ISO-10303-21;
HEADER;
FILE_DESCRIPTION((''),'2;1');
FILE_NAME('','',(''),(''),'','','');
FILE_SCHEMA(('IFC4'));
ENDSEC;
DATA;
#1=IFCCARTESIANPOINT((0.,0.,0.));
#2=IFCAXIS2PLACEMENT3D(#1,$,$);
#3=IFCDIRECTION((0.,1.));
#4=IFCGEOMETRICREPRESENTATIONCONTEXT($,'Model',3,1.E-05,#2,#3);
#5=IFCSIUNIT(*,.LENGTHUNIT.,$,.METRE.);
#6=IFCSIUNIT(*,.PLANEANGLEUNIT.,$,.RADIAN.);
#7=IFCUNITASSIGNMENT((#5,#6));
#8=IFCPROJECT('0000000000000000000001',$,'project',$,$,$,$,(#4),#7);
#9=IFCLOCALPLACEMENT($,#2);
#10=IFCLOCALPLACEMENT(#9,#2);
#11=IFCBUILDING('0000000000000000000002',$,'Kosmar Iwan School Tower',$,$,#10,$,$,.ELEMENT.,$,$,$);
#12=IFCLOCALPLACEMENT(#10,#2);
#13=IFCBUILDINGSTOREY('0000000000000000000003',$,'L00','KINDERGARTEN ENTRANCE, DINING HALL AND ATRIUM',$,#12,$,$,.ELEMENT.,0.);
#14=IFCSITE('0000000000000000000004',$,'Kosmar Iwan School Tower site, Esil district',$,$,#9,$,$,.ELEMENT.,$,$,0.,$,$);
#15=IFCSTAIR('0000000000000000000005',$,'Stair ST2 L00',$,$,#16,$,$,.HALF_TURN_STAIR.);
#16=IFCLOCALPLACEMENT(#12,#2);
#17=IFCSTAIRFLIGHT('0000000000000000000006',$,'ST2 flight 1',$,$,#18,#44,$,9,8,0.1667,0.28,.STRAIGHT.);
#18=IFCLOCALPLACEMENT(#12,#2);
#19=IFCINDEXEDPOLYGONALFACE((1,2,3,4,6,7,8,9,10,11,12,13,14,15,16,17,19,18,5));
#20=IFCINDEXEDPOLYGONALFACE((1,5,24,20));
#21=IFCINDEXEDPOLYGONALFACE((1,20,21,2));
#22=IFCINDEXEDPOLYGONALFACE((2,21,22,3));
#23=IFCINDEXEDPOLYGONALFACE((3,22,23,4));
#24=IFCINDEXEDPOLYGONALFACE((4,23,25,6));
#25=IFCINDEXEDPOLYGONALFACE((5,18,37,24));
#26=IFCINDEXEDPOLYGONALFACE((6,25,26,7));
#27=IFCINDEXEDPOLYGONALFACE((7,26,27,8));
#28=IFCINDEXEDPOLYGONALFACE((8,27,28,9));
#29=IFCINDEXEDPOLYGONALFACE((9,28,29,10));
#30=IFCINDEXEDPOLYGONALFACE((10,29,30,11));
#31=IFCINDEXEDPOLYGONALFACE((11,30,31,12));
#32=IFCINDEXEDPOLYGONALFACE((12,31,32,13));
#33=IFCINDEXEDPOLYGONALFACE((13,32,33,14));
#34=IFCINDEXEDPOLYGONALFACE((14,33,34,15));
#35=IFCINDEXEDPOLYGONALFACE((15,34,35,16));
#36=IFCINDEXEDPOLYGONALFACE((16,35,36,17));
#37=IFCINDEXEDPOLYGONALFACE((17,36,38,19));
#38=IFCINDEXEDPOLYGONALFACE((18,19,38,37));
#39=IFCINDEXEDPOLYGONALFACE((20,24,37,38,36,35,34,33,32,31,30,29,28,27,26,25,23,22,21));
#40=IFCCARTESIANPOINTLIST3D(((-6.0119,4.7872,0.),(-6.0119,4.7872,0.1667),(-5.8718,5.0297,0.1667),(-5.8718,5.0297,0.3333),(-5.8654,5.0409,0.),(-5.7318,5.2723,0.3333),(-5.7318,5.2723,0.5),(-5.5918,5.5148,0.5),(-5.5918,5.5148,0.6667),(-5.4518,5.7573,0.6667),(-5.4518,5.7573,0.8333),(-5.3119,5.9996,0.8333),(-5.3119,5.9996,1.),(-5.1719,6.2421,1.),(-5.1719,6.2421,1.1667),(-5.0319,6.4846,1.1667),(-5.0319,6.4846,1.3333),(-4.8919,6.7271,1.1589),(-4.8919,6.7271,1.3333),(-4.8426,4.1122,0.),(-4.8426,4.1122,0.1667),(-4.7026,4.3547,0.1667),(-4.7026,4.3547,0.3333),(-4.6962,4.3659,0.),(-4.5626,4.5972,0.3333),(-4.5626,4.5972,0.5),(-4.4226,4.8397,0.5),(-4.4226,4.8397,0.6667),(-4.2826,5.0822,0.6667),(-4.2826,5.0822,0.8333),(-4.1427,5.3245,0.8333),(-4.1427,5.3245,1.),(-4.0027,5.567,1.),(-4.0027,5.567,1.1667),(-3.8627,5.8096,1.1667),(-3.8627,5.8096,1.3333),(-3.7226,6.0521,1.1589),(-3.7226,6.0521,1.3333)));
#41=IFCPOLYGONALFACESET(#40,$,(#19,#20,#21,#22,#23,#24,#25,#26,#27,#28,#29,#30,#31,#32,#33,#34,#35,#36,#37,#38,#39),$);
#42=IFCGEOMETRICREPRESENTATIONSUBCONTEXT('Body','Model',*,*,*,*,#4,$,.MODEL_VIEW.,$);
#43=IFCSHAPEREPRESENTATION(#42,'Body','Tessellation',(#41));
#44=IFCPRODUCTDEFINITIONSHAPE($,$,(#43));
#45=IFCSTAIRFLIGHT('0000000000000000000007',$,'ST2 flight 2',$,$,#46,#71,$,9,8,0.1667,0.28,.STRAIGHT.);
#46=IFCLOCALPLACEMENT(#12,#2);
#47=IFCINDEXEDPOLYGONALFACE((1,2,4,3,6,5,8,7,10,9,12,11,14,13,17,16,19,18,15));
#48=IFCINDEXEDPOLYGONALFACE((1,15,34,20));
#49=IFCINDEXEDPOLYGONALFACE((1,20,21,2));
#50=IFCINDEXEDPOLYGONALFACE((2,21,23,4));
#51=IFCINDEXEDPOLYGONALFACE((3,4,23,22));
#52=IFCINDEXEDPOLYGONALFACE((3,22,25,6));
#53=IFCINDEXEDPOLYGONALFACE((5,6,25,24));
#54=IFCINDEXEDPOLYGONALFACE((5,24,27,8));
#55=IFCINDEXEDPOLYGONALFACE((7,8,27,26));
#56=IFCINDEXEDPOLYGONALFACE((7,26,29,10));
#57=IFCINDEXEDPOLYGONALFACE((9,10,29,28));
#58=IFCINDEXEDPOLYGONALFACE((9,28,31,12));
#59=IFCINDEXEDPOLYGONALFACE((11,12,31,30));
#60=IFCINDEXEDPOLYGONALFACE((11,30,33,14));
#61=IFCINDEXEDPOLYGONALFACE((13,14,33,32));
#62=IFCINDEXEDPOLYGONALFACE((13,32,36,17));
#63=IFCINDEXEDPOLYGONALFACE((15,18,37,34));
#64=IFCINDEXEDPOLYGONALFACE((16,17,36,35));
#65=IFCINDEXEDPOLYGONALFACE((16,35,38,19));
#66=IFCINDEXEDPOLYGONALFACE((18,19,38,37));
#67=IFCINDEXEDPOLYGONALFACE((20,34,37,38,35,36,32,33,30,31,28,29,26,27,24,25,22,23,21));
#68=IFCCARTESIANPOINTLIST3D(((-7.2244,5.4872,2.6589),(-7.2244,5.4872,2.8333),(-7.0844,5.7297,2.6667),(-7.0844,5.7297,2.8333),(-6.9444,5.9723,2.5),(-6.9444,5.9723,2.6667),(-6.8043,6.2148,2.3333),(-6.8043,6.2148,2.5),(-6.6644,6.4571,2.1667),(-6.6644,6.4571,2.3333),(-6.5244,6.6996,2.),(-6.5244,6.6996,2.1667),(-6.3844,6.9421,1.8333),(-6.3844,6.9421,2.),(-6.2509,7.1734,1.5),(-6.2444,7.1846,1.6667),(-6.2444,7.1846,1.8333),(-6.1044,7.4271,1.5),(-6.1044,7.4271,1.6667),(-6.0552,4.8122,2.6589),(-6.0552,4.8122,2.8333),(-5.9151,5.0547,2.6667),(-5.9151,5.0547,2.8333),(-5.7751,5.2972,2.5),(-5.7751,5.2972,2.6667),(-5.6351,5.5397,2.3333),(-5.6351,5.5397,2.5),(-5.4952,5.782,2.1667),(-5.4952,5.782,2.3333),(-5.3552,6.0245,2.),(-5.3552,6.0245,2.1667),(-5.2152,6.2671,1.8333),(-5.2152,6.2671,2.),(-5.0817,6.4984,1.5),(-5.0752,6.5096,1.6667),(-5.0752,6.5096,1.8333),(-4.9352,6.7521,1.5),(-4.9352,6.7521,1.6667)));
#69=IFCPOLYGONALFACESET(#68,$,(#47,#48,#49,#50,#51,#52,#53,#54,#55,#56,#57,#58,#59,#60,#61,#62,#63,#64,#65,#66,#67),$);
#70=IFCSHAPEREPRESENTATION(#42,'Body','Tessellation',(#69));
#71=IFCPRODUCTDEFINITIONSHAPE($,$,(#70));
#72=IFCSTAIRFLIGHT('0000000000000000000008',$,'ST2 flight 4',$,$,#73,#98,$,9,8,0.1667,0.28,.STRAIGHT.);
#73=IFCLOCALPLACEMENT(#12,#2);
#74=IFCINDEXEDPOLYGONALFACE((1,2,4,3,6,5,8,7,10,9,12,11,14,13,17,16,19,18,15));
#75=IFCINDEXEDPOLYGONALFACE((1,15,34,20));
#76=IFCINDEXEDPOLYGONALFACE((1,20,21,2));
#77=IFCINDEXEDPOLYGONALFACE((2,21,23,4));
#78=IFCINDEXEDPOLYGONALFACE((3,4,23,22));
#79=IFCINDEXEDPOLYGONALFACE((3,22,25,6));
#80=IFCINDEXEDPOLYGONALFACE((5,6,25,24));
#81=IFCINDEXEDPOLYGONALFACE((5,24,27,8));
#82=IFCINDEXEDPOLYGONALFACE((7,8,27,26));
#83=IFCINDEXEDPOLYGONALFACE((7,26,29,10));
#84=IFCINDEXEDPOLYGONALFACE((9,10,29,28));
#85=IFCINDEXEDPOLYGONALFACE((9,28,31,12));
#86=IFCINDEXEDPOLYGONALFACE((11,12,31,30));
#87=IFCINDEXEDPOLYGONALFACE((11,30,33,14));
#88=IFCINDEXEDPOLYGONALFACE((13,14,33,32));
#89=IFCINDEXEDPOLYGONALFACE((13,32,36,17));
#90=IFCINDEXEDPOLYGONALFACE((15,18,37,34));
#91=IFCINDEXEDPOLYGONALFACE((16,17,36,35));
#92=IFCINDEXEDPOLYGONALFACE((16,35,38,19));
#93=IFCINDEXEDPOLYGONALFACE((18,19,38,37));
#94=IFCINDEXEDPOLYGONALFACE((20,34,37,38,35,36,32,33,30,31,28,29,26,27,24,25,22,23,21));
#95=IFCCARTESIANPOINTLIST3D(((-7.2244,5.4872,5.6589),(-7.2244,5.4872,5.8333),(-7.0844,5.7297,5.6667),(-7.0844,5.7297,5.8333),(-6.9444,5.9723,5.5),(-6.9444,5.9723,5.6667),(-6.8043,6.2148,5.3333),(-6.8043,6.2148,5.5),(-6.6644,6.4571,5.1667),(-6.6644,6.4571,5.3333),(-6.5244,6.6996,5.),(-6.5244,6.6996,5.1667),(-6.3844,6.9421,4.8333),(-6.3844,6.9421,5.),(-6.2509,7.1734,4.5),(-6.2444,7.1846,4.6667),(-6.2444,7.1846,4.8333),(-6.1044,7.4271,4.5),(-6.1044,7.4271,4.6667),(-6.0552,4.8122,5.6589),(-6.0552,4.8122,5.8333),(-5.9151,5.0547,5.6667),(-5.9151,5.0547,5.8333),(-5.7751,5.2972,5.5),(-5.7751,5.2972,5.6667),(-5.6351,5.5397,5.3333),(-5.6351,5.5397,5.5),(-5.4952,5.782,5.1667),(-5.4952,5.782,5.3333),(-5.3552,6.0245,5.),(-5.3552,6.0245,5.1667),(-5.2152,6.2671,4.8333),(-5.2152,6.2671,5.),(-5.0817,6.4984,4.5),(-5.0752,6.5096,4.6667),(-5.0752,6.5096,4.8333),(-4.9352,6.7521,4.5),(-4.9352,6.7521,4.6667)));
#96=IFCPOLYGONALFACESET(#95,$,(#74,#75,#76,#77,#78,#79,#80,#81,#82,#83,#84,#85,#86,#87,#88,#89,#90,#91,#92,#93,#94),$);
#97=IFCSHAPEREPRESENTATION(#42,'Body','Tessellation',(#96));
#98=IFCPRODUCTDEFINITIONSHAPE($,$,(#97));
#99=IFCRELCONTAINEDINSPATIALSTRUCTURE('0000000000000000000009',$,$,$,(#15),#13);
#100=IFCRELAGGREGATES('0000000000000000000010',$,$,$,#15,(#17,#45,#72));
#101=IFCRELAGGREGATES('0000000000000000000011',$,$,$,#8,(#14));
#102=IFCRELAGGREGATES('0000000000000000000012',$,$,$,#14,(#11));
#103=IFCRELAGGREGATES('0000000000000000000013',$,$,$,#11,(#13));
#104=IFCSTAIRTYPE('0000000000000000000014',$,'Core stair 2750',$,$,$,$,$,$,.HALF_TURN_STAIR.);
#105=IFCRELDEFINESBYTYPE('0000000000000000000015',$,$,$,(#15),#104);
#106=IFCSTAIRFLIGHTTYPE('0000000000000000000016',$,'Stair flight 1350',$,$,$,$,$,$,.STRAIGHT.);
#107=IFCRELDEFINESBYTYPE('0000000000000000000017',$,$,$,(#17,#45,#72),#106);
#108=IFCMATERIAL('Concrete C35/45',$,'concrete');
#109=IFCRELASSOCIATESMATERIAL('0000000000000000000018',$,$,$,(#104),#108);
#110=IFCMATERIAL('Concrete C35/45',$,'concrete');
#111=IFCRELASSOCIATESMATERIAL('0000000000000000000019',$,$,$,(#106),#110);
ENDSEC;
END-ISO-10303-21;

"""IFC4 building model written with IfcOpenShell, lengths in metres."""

from ifc_helpers import new_model, si_unit, direction, frame, origin, place, context, subcontext, project, spatial, polyline, outline, extrude, material, type_object, element, aggregate, save


model = new_model("IFC4")

# Units and contexts
model_context = context("Model", 3, precision=1e-05, world=origin(), true_north=direction((0.0, 1.0)))
body_context = subcontext(model_context, "Body", "Model", "MODEL_VIEW")
ifc_project = project(units=[si_unit("LENGTHUNIT", "METRE"), si_unit("PLANEANGLEUNIT", "RADIAN")], contexts=[model_context])

# Site, building, storey
site_placement = place(None, origin())
site = spatial("IfcSite", under=ifc_project, at=site_placement, Name="Kosmar Iwan School Tower site, Esil district", CompositionType="ELEMENT", RefElevation=0.0)
building_placement = place(site_placement, origin())
building = spatial("IfcBuilding", under=site, at=building_placement, Name="Kosmar Iwan School Tower", CompositionType="ELEMENT")
storey_placement = place(building_placement, origin())
storey = spatial("IfcBuildingStorey", under=building, at=storey_placement, Name="L00", Description="KINDERGARTEN ENTRANCE, DINING HALL AND ATRIUM", CompositionType="ELEMENT", Elevation=0.0)

# Stair, stair flights
ifc_material_1 = material(Name="Concrete C35/45", Category="concrete")
stair_type_1 = type_object("IfcStairType", Name="Core stair 2750", PredefinedType="HALF_TURN_STAIR", material=ifc_material_1)
stair_1_placement = place(storey_placement, origin())
stair_1 = element("IfcStair", 1, at=stair_1_placement, inside=storey, type_object=stair_type_1, Name="Stair ST2 L00", PredefinedType="HALF_TURN_STAIR")
ifc_material_2 = material(Name="Concrete C35/45", Category="concrete")
stair_flight_type_1 = type_object("IfcStairFlightType", Name="Stair flight 1350", PredefinedType="STRAIGHT", material=ifc_material_2)
stair_flight_1_placement = place(storey_placement, frame((-5.4272, 4.4497, 0.0), z_axis=(0.0, 0.0, 1.0), x_axis=(0.5, 0.866025, 0.0)))
stair_flight_1 = element("IfcStairFlight", 2, at=stair_flight_1_placement, type_object=stair_flight_type_1, Name="ST2 flight 1", NumberOfRisers=9, NumberOfTreads=8, PredefinedType="STRAIGHT", RiserHeight=0.1667, TreadLength=0.28, context=body_context, shape_type="SweptSolid", body=[
    extrude(outline(polyline([(0.0, 0.0), (0.0, 0.1667), (0.28, 0.1667), (0.28, 0.3333), (0.5601, 0.3333), (0.5601, 0.5), (0.8401, 0.5), (0.8401, 0.6667), (1.1201, 0.6667), (1.1201, 0.8333), (1.3999, 0.8333), (1.3999, 1.0), (1.6799, 1.0), (1.6799, 1.1667), (1.96, 1.1667), (1.96, 1.3333), (2.24, 1.3333), (2.24, 1.5), (2.24, 1.1589), (0.293, 0.0), (0.0, 0.0)])), frame((0.0, 0.675, 0.0), z_axis=(0.0, -1.0, 0.0), x_axis=(1.0, 0.0, 0.0)), (0.0, 0.0, 1.0), 1.3501),
])
stair_flight_2_placement = place(storey_placement, frame((-5.5198, 7.0896, 1.5), z_axis=(0.0, 0.0, 1.0), x_axis=(-0.5, -0.866025, 0.0)))
stair_flight_2 = element("IfcStairFlight", 3, at=stair_flight_2_placement, type_object=stair_flight_type_1, Name="ST2 flight 2", NumberOfRisers=9, NumberOfTreads=8, PredefinedType="STRAIGHT", RiserHeight=0.1667, TreadLength=0.28, context=body_context, shape_type="SweptSolid", body=[
    extrude(outline(polyline([(0.0, 0.0), (0.0, 0.1667), (0.28, 0.1667), (0.28, 0.3333), (0.5601, 0.3333), (0.5601, 0.5), (0.8401, 0.5), (0.8401, 0.6667), (1.1201, 0.6667), (1.1201, 0.8333), (1.3999, 0.8333), (1.3999, 1.0), (1.6799, 1.0), (1.6799, 1.1667), (1.96, 1.1667), (1.96, 1.3333), (2.24, 1.3333), (2.24, 1.5), (2.24, 1.1589), (0.293, 0.0), (0.0, 0.0)])), frame((0.0, 0.675, 0.0), z_axis=(0.0, -1.0, 0.0), x_axis=(1.0, 0.0, 0.0)), (0.0, 0.0, 1.0), 1.3501),
])
stair_flight_3_placement = place(storey_placement, frame((-5.5198, 7.0896, 4.5), z_axis=(0.0, 0.0, 1.0), x_axis=(-0.5, -0.866025, 0.0)))
stair_flight_3 = element("IfcStairFlight", 4, at=stair_flight_3_placement, type_object=stair_flight_type_1, Name="ST2 flight 4", NumberOfRisers=9, NumberOfTreads=8, PredefinedType="STRAIGHT", RiserHeight=0.1667, TreadLength=0.28, context=body_context, shape_type="SweptSolid", body=[
    extrude(outline(polyline([(0.0, 0.0), (0.0, 0.1667), (0.28, 0.1667), (0.28, 0.3333), (0.5601, 0.3333), (0.5601, 0.5), (0.8401, 0.5), (0.8401, 0.6667), (1.1201, 0.6667), (1.1201, 0.8333), (1.3999, 0.8333), (1.3999, 1.0), (1.6799, 1.0), (1.6799, 1.1667), (1.96, 1.1667), (1.96, 1.3333), (2.24, 1.3333), (2.24, 1.5), (2.24, 1.1589), (0.293, 0.0), (0.0, 0.0)])), frame((0.0, 0.675, 0.0), z_axis=(0.0, -1.0, 0.0), x_axis=(1.0, 0.0, 0.0)), (0.0, 0.0, 1.0), 1.3501),
])
aggregate(stair_1, [stair_flight_1, stair_flight_2, stair_flight_3])

save(model, "model.ifc")
